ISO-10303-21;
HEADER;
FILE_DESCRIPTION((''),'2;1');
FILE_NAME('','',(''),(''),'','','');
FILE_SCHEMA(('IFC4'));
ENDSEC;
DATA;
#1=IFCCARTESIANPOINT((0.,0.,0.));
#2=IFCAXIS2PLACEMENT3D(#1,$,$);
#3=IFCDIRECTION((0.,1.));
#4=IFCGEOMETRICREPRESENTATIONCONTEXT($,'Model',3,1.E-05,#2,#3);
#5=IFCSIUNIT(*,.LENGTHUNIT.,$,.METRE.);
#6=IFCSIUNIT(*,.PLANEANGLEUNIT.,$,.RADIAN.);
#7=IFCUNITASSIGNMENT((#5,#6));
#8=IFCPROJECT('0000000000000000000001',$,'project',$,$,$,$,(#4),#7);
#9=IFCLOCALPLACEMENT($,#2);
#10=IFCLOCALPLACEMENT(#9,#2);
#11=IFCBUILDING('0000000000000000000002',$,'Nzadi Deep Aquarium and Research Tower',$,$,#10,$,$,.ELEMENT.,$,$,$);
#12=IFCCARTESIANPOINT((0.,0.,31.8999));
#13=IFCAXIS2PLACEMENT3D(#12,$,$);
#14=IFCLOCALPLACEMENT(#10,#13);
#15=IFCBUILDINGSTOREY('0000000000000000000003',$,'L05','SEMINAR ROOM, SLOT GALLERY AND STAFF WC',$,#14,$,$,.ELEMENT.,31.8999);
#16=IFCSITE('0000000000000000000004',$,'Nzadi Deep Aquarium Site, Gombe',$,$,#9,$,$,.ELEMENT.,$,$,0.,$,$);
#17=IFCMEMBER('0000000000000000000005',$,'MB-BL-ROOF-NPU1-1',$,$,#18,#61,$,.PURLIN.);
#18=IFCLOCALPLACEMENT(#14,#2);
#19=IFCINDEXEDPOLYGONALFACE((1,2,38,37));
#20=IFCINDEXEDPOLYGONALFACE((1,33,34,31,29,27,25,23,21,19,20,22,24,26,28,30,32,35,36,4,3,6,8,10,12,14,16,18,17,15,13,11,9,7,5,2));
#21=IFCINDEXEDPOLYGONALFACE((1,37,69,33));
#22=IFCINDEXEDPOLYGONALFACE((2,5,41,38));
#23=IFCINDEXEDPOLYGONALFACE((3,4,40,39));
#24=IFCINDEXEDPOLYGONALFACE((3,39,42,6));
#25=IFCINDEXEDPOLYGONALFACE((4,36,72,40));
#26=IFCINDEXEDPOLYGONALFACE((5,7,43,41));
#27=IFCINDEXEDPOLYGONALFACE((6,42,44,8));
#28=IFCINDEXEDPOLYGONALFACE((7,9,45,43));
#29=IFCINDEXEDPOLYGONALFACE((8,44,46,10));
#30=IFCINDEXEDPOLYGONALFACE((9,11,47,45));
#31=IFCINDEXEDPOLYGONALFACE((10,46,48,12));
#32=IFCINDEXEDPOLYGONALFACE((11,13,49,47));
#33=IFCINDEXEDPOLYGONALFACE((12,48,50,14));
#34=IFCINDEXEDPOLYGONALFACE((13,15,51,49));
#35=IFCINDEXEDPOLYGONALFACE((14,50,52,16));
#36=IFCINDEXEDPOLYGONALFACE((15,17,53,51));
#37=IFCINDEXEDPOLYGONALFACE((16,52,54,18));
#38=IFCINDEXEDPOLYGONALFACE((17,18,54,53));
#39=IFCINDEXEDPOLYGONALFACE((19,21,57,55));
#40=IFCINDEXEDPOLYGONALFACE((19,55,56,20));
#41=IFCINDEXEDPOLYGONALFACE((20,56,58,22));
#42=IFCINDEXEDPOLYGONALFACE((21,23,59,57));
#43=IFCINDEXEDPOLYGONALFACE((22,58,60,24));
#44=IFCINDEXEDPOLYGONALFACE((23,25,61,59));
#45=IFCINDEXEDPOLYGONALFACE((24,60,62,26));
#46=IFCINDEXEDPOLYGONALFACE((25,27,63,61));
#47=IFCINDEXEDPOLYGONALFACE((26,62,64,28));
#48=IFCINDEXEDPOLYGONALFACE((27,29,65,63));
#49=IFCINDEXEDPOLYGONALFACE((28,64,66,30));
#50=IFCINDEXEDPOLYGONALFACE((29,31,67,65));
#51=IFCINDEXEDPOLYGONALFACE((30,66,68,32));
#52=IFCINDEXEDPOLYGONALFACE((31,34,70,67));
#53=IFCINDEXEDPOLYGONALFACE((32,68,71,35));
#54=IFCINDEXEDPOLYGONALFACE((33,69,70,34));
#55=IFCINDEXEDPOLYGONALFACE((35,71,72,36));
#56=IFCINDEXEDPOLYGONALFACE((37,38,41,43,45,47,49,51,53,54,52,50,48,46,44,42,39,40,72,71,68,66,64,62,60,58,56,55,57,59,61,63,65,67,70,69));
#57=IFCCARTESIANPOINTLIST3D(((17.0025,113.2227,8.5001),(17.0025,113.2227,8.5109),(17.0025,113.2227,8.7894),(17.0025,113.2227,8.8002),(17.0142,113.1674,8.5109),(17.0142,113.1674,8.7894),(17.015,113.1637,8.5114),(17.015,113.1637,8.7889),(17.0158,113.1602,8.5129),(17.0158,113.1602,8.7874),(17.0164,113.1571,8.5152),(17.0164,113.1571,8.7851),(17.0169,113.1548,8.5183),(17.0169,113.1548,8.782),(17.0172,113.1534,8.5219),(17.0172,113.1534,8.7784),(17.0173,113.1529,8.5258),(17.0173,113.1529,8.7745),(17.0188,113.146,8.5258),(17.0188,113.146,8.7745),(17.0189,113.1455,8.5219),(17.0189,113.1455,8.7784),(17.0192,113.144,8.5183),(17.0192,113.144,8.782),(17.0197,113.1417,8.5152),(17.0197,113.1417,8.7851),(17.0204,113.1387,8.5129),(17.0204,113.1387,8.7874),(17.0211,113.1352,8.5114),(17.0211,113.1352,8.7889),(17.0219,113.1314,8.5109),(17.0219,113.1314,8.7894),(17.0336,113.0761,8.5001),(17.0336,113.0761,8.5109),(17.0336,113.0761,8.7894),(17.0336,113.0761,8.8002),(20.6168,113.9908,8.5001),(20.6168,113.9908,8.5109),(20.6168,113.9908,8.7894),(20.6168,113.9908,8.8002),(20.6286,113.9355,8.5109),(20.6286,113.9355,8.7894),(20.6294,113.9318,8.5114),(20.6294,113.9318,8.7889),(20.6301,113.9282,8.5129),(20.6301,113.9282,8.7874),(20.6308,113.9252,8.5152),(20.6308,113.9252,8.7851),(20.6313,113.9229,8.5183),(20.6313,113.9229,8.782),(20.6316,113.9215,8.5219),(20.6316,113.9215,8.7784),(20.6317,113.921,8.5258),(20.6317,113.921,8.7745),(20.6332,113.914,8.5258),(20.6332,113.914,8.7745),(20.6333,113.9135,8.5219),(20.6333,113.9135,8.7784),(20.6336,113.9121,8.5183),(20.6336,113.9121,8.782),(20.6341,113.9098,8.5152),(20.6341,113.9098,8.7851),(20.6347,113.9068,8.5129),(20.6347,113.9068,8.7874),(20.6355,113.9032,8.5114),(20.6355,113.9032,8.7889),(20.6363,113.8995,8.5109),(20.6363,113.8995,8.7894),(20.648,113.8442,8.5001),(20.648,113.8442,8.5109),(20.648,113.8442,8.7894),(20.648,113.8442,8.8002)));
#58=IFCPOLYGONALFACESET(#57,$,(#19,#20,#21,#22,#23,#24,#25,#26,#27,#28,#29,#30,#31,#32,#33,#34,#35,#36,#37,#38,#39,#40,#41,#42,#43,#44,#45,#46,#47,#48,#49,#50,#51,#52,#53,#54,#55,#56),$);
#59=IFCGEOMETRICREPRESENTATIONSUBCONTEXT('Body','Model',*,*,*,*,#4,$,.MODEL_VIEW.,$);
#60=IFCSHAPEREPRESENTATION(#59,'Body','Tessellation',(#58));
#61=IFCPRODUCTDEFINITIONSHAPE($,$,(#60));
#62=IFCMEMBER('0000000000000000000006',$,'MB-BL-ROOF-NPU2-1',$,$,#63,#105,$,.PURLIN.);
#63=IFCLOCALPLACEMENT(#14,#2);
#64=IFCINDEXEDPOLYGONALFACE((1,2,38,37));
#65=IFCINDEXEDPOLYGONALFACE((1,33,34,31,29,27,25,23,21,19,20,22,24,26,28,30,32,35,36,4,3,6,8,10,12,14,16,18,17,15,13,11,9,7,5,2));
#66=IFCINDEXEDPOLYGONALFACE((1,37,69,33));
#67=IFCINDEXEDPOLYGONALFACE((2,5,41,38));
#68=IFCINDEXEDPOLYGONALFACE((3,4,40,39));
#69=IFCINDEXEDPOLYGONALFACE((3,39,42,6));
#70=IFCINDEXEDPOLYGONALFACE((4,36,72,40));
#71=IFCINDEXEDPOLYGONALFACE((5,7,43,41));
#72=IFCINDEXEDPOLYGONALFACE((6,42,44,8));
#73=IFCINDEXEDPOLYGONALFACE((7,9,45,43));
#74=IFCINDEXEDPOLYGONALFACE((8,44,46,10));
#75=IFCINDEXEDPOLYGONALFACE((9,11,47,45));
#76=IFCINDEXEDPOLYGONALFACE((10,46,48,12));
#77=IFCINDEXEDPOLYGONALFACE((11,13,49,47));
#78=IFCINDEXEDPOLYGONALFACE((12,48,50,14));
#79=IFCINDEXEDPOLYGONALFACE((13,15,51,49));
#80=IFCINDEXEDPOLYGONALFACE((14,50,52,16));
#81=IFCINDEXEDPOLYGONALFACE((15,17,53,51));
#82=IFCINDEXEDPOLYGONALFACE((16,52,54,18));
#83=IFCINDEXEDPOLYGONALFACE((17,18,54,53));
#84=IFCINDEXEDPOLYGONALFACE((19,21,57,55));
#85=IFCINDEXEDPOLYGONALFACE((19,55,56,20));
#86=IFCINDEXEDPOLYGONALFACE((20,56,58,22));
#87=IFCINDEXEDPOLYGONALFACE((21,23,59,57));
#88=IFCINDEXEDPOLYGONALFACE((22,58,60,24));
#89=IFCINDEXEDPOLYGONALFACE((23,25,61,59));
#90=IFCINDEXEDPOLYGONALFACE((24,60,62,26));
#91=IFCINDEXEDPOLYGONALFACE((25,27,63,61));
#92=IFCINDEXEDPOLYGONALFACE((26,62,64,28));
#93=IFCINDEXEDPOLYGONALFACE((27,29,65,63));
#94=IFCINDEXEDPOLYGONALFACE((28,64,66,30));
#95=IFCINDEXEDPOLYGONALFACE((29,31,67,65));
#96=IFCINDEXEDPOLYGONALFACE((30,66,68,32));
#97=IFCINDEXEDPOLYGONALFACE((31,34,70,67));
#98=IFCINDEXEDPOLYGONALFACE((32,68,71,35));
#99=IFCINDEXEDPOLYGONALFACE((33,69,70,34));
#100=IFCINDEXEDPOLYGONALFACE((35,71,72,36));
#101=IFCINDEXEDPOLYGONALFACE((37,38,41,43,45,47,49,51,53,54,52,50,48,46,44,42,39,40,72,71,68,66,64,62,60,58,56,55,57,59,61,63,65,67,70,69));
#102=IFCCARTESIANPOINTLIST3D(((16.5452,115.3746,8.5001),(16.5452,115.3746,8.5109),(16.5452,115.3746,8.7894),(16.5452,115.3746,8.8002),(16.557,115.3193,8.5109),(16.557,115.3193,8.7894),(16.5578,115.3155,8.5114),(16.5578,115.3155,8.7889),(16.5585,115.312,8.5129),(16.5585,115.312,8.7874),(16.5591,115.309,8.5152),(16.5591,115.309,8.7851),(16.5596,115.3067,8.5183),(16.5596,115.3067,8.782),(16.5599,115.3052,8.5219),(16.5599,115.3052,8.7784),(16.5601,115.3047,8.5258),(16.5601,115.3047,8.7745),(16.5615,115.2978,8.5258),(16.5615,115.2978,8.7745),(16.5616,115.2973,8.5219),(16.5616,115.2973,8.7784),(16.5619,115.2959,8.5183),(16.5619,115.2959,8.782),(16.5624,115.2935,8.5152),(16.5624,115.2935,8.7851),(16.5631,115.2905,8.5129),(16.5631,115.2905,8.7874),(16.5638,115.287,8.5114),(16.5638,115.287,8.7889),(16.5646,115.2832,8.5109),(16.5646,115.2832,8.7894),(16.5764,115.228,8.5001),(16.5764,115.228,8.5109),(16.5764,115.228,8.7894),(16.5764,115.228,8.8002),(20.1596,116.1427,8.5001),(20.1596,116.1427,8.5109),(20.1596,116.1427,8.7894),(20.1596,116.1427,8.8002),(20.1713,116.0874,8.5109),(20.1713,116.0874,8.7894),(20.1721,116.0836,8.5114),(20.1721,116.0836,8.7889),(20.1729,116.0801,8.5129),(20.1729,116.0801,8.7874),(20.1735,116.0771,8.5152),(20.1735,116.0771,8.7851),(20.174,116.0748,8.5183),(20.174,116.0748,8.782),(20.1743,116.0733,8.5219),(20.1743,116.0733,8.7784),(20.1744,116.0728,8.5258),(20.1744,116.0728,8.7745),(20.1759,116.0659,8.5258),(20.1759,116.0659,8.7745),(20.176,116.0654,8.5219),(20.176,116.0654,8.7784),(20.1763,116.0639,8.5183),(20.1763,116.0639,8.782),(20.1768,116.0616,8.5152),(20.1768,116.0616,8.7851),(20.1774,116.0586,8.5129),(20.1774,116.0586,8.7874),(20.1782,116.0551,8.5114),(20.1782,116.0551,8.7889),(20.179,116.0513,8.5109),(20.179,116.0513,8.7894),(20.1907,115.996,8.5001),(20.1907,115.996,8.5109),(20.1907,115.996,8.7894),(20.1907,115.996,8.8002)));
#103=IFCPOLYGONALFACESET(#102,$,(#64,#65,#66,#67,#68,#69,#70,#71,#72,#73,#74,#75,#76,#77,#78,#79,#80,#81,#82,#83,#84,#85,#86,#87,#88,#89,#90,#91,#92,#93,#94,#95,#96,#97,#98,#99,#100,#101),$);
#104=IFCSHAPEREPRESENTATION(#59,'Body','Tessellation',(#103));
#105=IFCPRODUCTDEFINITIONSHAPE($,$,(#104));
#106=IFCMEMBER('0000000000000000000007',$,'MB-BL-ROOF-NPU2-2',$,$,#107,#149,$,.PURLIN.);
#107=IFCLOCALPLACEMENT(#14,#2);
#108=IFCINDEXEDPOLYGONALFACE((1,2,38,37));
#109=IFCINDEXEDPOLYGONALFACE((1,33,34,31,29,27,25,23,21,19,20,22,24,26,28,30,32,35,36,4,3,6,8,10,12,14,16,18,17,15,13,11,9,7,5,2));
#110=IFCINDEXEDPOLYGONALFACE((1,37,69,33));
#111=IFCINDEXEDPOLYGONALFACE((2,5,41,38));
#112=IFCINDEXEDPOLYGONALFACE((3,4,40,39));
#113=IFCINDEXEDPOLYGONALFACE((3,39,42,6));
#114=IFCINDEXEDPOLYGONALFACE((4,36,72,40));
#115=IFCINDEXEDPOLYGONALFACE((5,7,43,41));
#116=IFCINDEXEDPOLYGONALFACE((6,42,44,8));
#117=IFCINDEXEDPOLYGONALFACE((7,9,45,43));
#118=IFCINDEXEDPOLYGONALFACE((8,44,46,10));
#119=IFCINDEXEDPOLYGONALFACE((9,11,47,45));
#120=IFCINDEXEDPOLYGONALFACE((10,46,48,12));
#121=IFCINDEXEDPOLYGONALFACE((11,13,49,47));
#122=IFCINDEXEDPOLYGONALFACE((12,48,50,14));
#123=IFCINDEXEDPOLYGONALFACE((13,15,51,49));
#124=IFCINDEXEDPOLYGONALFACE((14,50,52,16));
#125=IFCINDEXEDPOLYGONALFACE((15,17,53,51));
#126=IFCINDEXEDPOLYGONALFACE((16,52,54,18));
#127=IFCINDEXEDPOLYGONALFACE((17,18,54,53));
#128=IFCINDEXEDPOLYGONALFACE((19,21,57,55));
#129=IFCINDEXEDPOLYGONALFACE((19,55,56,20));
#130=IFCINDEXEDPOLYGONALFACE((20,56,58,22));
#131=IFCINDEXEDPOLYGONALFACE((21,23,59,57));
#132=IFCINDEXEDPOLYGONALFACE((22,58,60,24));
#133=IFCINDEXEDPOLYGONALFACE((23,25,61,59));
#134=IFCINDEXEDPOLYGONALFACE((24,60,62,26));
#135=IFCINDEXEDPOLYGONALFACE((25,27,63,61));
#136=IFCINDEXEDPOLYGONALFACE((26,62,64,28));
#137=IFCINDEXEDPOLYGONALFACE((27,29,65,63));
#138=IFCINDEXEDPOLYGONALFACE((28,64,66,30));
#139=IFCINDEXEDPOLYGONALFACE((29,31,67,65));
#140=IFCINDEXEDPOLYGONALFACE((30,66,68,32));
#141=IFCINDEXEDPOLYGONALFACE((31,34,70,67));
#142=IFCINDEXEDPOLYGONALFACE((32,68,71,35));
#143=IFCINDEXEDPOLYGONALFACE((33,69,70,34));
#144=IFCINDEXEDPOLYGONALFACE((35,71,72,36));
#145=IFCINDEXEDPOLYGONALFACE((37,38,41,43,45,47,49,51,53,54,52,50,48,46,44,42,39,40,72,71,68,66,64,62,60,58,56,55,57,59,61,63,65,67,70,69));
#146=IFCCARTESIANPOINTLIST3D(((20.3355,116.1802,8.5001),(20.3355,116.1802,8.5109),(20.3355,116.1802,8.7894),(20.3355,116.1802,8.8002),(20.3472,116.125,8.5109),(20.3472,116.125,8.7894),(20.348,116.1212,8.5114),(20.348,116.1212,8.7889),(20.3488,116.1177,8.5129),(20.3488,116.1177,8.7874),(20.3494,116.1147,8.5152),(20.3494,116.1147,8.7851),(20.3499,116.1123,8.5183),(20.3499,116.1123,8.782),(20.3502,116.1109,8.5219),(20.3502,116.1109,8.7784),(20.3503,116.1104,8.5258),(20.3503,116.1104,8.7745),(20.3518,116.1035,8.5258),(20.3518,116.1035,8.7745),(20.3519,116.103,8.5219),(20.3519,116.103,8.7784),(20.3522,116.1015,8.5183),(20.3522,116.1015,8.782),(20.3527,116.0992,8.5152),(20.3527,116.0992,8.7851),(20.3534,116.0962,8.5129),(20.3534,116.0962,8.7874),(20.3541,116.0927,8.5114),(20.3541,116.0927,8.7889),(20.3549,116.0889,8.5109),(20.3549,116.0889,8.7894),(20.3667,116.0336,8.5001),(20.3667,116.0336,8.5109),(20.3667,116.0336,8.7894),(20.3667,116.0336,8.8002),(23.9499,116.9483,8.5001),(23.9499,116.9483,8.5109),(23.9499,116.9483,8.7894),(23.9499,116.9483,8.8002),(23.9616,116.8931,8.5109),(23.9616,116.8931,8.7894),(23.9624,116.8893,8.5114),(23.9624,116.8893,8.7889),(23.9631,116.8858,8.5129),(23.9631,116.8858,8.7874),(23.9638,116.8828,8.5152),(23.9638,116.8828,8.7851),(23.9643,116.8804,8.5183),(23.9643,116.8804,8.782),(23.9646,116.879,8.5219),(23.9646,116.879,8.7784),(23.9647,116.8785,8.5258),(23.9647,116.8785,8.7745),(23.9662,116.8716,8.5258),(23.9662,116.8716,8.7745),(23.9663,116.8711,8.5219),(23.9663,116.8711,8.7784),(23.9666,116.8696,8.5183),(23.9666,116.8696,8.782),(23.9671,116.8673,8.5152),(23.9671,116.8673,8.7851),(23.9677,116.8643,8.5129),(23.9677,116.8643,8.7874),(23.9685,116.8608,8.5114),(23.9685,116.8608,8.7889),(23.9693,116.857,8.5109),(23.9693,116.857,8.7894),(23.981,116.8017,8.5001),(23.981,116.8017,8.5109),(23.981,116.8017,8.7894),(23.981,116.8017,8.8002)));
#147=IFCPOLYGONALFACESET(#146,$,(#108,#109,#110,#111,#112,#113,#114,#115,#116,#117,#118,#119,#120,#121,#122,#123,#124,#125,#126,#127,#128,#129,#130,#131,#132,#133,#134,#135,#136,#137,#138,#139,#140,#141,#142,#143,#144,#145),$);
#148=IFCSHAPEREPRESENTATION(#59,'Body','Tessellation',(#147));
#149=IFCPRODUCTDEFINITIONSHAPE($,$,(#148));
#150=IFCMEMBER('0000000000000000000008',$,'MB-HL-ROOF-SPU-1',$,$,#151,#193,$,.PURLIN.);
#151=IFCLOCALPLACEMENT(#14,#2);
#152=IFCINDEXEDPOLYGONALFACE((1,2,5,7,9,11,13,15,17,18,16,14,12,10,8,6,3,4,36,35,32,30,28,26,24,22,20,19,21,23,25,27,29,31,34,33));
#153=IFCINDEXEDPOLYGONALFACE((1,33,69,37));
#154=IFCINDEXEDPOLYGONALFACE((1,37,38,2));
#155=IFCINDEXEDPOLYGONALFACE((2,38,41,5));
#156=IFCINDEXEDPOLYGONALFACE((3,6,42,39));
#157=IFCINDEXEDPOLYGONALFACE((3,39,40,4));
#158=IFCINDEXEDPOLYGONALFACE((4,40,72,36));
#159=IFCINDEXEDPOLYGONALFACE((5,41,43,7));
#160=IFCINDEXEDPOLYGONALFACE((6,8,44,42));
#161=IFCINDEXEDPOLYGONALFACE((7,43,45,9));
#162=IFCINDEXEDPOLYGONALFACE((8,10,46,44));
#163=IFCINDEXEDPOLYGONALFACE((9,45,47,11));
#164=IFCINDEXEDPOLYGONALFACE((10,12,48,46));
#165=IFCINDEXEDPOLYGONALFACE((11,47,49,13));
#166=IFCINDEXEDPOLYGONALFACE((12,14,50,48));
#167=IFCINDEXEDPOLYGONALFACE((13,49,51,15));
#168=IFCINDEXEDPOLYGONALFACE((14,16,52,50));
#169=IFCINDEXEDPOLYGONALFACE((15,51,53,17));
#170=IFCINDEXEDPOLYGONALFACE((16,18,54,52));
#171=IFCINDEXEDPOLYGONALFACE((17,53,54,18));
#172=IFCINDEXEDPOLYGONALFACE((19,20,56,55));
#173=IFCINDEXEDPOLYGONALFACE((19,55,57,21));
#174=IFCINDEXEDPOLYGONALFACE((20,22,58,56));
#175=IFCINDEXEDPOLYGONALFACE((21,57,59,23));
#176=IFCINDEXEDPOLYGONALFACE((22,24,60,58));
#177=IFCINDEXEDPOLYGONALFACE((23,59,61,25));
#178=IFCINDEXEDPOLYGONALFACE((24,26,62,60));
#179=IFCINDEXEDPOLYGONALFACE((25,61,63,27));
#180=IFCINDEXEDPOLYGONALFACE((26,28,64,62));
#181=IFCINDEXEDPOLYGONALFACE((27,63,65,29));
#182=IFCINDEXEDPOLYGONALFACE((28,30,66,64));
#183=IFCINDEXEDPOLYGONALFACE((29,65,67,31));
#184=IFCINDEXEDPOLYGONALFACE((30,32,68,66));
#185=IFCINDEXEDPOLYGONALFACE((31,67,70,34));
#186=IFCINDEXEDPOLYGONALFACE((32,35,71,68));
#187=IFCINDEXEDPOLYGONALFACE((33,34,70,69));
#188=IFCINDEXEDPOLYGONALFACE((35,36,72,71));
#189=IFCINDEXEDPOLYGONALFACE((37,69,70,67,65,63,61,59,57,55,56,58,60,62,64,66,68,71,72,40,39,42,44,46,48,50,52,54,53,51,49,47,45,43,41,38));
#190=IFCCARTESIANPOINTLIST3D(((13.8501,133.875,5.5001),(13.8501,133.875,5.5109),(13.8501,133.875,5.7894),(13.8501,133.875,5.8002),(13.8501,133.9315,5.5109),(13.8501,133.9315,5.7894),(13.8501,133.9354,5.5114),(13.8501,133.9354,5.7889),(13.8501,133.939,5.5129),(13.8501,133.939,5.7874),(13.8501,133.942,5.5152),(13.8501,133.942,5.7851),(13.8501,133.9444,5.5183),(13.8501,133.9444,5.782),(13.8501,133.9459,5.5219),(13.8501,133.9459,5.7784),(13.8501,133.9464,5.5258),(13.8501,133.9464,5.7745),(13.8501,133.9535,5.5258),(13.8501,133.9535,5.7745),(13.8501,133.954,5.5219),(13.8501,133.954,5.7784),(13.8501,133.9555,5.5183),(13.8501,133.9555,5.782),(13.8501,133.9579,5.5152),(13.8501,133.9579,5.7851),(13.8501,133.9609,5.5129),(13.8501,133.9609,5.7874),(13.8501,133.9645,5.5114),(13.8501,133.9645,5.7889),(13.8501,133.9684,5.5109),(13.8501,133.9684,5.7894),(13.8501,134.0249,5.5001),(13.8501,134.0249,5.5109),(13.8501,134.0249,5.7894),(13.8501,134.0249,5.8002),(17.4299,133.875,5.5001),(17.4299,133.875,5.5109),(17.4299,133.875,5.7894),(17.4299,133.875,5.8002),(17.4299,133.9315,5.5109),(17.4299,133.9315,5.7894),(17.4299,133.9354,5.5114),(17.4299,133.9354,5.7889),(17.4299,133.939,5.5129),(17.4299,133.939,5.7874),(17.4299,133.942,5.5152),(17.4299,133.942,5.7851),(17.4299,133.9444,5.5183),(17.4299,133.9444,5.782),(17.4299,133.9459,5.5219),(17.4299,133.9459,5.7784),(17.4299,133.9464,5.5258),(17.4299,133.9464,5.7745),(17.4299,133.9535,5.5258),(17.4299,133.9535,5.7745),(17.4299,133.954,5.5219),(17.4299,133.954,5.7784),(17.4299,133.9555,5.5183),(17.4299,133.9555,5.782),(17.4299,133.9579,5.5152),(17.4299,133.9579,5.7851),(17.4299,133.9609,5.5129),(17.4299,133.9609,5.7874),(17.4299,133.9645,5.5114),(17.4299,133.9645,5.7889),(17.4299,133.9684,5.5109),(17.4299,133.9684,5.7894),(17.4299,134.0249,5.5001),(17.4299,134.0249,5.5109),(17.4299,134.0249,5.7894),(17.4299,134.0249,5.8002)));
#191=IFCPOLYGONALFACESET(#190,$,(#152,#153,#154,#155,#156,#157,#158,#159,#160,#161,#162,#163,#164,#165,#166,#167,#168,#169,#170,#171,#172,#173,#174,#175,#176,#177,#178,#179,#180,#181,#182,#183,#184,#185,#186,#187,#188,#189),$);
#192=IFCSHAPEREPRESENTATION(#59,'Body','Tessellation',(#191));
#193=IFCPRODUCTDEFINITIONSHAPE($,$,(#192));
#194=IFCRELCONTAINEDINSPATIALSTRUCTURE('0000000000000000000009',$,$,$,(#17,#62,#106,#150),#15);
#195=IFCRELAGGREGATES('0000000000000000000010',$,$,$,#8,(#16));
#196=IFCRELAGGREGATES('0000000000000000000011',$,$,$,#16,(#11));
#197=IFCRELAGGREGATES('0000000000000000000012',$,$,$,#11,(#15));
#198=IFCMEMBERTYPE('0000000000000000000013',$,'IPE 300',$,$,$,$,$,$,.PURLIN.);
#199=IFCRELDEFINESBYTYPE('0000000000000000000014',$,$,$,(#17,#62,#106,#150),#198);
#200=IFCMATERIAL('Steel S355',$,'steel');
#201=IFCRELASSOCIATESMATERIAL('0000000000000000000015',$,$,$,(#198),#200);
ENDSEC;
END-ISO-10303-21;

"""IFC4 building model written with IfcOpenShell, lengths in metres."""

from ifc_helpers import new_model, si_unit, direction, frame, origin, origin_2d, place, context, subcontext, project, spatial, i_section, extrude, material, material_profile, profile_set, type_object, element, save


model = new_model("IFC4")

# Units and contexts
model_context = context("Model", 3, precision=1e-05, world=origin(), true_north=direction((0.0, 1.0)))
body_context = subcontext(model_context, "Body", "Model", "MODEL_VIEW")
ifc_project = project(units=[si_unit("LENGTHUNIT", "METRE"), si_unit("PLANEANGLEUNIT", "RADIAN")], contexts=[model_context])

# Site, building, storey
site_placement = place(None, origin())
site = spatial("IfcSite", under=ifc_project, at=site_placement, Name="Nzadi Deep Aquarium Site, Gombe", CompositionType="ELEMENT", RefElevation=0.0)
building_placement = place(site_placement, origin())
building = spatial("IfcBuilding", under=site, at=building_placement, Name="Nzadi Deep Aquarium and Research Tower", CompositionType="ELEMENT")
storey_placement = place(building_placement, frame((0.0, 0.0, 31.8999)))
storey = spatial("IfcBuildingStorey", under=building, at=storey_placement, Name="L05", Description="SEMINAR ROOM, SLOT GALLERY AND STAFF WC", CompositionType="ELEMENT", Elevation=31.8999)

# Members
ifc_material_1 = material(Name="Steel S355", Category="steel")
ifc_material_profile_1 = material_profile(ifc_material_1, i_section(OverallWidth=0.1499, OverallDepth=0.3, WebThickness=0.0071, FlangeThickness=0.0107, FilletRadius=0.0149, at=origin_2d()))
ifc_profile_set_1 = profile_set([ifc_material_profile_1], Name="Steel S355")
member_type_1 = type_object("IfcMemberType", Name="IPE 300", PredefinedType="PURLIN", material=ifc_profile_set_1)
for number, where, z_axis, x_axis, name in (
    (1, (17.0181, 113.1494, 8.6501), (0.978157, 0.207868, 0.0), (-0.207868, 0.978157, 0.0), "MB-BL-ROOF-NPU1-1"),
    (2, (16.5608, 115.3013, 8.6501), (0.978157, 0.207868, 0.0), (-0.207868, 0.978157, 0.0), "MB-BL-ROOF-NPU2-1"),
    (3, (20.3511, 116.1069, 8.6501), (0.978157, 0.207868, 0.0), (-0.207868, 0.978157, 0.0), "MB-BL-ROOF-NPU2-2"),
):
    element("IfcMember", number, at=place(storey_placement, frame(where, z_axis=z_axis, x_axis=x_axis)), inside=storey, type_object=member_type_1, Name=name, PredefinedType="PURLIN", context=body_context, shape_type="SweptSolid", body=[
        extrude(i_section(OverallWidth=0.1499, OverallDepth=0.3, WebThickness=0.0071, FlangeThickness=0.0107, FilletRadius=0.0149, at=origin_2d()), origin(), (0.0, 0.0, 1.0), 3.6951),
    ])
for number, where, z_axis, x_axis, name in (
    (4, (13.8501, 133.95, 5.6501), (1.0, 0.0, 0.0), (0.0, 1.0, 0.0), "MB-HL-ROOF-SPU-1"),
):
    element("IfcMember", number, at=place(storey_placement, frame(where, z_axis=z_axis, x_axis=x_axis)), inside=storey, type_object=member_type_1, Name=name, PredefinedType="PURLIN", context=body_context, shape_type="SweptSolid", body=[
        extrude(i_section(OverallWidth=0.1499, OverallDepth=0.3, WebThickness=0.0071, FlangeThickness=0.0107, FilletRadius=0.0149, at=origin_2d()), origin(), (0.0, 0.0, 1.0), 3.5798),
    ])

save(model, "model.ifc")
